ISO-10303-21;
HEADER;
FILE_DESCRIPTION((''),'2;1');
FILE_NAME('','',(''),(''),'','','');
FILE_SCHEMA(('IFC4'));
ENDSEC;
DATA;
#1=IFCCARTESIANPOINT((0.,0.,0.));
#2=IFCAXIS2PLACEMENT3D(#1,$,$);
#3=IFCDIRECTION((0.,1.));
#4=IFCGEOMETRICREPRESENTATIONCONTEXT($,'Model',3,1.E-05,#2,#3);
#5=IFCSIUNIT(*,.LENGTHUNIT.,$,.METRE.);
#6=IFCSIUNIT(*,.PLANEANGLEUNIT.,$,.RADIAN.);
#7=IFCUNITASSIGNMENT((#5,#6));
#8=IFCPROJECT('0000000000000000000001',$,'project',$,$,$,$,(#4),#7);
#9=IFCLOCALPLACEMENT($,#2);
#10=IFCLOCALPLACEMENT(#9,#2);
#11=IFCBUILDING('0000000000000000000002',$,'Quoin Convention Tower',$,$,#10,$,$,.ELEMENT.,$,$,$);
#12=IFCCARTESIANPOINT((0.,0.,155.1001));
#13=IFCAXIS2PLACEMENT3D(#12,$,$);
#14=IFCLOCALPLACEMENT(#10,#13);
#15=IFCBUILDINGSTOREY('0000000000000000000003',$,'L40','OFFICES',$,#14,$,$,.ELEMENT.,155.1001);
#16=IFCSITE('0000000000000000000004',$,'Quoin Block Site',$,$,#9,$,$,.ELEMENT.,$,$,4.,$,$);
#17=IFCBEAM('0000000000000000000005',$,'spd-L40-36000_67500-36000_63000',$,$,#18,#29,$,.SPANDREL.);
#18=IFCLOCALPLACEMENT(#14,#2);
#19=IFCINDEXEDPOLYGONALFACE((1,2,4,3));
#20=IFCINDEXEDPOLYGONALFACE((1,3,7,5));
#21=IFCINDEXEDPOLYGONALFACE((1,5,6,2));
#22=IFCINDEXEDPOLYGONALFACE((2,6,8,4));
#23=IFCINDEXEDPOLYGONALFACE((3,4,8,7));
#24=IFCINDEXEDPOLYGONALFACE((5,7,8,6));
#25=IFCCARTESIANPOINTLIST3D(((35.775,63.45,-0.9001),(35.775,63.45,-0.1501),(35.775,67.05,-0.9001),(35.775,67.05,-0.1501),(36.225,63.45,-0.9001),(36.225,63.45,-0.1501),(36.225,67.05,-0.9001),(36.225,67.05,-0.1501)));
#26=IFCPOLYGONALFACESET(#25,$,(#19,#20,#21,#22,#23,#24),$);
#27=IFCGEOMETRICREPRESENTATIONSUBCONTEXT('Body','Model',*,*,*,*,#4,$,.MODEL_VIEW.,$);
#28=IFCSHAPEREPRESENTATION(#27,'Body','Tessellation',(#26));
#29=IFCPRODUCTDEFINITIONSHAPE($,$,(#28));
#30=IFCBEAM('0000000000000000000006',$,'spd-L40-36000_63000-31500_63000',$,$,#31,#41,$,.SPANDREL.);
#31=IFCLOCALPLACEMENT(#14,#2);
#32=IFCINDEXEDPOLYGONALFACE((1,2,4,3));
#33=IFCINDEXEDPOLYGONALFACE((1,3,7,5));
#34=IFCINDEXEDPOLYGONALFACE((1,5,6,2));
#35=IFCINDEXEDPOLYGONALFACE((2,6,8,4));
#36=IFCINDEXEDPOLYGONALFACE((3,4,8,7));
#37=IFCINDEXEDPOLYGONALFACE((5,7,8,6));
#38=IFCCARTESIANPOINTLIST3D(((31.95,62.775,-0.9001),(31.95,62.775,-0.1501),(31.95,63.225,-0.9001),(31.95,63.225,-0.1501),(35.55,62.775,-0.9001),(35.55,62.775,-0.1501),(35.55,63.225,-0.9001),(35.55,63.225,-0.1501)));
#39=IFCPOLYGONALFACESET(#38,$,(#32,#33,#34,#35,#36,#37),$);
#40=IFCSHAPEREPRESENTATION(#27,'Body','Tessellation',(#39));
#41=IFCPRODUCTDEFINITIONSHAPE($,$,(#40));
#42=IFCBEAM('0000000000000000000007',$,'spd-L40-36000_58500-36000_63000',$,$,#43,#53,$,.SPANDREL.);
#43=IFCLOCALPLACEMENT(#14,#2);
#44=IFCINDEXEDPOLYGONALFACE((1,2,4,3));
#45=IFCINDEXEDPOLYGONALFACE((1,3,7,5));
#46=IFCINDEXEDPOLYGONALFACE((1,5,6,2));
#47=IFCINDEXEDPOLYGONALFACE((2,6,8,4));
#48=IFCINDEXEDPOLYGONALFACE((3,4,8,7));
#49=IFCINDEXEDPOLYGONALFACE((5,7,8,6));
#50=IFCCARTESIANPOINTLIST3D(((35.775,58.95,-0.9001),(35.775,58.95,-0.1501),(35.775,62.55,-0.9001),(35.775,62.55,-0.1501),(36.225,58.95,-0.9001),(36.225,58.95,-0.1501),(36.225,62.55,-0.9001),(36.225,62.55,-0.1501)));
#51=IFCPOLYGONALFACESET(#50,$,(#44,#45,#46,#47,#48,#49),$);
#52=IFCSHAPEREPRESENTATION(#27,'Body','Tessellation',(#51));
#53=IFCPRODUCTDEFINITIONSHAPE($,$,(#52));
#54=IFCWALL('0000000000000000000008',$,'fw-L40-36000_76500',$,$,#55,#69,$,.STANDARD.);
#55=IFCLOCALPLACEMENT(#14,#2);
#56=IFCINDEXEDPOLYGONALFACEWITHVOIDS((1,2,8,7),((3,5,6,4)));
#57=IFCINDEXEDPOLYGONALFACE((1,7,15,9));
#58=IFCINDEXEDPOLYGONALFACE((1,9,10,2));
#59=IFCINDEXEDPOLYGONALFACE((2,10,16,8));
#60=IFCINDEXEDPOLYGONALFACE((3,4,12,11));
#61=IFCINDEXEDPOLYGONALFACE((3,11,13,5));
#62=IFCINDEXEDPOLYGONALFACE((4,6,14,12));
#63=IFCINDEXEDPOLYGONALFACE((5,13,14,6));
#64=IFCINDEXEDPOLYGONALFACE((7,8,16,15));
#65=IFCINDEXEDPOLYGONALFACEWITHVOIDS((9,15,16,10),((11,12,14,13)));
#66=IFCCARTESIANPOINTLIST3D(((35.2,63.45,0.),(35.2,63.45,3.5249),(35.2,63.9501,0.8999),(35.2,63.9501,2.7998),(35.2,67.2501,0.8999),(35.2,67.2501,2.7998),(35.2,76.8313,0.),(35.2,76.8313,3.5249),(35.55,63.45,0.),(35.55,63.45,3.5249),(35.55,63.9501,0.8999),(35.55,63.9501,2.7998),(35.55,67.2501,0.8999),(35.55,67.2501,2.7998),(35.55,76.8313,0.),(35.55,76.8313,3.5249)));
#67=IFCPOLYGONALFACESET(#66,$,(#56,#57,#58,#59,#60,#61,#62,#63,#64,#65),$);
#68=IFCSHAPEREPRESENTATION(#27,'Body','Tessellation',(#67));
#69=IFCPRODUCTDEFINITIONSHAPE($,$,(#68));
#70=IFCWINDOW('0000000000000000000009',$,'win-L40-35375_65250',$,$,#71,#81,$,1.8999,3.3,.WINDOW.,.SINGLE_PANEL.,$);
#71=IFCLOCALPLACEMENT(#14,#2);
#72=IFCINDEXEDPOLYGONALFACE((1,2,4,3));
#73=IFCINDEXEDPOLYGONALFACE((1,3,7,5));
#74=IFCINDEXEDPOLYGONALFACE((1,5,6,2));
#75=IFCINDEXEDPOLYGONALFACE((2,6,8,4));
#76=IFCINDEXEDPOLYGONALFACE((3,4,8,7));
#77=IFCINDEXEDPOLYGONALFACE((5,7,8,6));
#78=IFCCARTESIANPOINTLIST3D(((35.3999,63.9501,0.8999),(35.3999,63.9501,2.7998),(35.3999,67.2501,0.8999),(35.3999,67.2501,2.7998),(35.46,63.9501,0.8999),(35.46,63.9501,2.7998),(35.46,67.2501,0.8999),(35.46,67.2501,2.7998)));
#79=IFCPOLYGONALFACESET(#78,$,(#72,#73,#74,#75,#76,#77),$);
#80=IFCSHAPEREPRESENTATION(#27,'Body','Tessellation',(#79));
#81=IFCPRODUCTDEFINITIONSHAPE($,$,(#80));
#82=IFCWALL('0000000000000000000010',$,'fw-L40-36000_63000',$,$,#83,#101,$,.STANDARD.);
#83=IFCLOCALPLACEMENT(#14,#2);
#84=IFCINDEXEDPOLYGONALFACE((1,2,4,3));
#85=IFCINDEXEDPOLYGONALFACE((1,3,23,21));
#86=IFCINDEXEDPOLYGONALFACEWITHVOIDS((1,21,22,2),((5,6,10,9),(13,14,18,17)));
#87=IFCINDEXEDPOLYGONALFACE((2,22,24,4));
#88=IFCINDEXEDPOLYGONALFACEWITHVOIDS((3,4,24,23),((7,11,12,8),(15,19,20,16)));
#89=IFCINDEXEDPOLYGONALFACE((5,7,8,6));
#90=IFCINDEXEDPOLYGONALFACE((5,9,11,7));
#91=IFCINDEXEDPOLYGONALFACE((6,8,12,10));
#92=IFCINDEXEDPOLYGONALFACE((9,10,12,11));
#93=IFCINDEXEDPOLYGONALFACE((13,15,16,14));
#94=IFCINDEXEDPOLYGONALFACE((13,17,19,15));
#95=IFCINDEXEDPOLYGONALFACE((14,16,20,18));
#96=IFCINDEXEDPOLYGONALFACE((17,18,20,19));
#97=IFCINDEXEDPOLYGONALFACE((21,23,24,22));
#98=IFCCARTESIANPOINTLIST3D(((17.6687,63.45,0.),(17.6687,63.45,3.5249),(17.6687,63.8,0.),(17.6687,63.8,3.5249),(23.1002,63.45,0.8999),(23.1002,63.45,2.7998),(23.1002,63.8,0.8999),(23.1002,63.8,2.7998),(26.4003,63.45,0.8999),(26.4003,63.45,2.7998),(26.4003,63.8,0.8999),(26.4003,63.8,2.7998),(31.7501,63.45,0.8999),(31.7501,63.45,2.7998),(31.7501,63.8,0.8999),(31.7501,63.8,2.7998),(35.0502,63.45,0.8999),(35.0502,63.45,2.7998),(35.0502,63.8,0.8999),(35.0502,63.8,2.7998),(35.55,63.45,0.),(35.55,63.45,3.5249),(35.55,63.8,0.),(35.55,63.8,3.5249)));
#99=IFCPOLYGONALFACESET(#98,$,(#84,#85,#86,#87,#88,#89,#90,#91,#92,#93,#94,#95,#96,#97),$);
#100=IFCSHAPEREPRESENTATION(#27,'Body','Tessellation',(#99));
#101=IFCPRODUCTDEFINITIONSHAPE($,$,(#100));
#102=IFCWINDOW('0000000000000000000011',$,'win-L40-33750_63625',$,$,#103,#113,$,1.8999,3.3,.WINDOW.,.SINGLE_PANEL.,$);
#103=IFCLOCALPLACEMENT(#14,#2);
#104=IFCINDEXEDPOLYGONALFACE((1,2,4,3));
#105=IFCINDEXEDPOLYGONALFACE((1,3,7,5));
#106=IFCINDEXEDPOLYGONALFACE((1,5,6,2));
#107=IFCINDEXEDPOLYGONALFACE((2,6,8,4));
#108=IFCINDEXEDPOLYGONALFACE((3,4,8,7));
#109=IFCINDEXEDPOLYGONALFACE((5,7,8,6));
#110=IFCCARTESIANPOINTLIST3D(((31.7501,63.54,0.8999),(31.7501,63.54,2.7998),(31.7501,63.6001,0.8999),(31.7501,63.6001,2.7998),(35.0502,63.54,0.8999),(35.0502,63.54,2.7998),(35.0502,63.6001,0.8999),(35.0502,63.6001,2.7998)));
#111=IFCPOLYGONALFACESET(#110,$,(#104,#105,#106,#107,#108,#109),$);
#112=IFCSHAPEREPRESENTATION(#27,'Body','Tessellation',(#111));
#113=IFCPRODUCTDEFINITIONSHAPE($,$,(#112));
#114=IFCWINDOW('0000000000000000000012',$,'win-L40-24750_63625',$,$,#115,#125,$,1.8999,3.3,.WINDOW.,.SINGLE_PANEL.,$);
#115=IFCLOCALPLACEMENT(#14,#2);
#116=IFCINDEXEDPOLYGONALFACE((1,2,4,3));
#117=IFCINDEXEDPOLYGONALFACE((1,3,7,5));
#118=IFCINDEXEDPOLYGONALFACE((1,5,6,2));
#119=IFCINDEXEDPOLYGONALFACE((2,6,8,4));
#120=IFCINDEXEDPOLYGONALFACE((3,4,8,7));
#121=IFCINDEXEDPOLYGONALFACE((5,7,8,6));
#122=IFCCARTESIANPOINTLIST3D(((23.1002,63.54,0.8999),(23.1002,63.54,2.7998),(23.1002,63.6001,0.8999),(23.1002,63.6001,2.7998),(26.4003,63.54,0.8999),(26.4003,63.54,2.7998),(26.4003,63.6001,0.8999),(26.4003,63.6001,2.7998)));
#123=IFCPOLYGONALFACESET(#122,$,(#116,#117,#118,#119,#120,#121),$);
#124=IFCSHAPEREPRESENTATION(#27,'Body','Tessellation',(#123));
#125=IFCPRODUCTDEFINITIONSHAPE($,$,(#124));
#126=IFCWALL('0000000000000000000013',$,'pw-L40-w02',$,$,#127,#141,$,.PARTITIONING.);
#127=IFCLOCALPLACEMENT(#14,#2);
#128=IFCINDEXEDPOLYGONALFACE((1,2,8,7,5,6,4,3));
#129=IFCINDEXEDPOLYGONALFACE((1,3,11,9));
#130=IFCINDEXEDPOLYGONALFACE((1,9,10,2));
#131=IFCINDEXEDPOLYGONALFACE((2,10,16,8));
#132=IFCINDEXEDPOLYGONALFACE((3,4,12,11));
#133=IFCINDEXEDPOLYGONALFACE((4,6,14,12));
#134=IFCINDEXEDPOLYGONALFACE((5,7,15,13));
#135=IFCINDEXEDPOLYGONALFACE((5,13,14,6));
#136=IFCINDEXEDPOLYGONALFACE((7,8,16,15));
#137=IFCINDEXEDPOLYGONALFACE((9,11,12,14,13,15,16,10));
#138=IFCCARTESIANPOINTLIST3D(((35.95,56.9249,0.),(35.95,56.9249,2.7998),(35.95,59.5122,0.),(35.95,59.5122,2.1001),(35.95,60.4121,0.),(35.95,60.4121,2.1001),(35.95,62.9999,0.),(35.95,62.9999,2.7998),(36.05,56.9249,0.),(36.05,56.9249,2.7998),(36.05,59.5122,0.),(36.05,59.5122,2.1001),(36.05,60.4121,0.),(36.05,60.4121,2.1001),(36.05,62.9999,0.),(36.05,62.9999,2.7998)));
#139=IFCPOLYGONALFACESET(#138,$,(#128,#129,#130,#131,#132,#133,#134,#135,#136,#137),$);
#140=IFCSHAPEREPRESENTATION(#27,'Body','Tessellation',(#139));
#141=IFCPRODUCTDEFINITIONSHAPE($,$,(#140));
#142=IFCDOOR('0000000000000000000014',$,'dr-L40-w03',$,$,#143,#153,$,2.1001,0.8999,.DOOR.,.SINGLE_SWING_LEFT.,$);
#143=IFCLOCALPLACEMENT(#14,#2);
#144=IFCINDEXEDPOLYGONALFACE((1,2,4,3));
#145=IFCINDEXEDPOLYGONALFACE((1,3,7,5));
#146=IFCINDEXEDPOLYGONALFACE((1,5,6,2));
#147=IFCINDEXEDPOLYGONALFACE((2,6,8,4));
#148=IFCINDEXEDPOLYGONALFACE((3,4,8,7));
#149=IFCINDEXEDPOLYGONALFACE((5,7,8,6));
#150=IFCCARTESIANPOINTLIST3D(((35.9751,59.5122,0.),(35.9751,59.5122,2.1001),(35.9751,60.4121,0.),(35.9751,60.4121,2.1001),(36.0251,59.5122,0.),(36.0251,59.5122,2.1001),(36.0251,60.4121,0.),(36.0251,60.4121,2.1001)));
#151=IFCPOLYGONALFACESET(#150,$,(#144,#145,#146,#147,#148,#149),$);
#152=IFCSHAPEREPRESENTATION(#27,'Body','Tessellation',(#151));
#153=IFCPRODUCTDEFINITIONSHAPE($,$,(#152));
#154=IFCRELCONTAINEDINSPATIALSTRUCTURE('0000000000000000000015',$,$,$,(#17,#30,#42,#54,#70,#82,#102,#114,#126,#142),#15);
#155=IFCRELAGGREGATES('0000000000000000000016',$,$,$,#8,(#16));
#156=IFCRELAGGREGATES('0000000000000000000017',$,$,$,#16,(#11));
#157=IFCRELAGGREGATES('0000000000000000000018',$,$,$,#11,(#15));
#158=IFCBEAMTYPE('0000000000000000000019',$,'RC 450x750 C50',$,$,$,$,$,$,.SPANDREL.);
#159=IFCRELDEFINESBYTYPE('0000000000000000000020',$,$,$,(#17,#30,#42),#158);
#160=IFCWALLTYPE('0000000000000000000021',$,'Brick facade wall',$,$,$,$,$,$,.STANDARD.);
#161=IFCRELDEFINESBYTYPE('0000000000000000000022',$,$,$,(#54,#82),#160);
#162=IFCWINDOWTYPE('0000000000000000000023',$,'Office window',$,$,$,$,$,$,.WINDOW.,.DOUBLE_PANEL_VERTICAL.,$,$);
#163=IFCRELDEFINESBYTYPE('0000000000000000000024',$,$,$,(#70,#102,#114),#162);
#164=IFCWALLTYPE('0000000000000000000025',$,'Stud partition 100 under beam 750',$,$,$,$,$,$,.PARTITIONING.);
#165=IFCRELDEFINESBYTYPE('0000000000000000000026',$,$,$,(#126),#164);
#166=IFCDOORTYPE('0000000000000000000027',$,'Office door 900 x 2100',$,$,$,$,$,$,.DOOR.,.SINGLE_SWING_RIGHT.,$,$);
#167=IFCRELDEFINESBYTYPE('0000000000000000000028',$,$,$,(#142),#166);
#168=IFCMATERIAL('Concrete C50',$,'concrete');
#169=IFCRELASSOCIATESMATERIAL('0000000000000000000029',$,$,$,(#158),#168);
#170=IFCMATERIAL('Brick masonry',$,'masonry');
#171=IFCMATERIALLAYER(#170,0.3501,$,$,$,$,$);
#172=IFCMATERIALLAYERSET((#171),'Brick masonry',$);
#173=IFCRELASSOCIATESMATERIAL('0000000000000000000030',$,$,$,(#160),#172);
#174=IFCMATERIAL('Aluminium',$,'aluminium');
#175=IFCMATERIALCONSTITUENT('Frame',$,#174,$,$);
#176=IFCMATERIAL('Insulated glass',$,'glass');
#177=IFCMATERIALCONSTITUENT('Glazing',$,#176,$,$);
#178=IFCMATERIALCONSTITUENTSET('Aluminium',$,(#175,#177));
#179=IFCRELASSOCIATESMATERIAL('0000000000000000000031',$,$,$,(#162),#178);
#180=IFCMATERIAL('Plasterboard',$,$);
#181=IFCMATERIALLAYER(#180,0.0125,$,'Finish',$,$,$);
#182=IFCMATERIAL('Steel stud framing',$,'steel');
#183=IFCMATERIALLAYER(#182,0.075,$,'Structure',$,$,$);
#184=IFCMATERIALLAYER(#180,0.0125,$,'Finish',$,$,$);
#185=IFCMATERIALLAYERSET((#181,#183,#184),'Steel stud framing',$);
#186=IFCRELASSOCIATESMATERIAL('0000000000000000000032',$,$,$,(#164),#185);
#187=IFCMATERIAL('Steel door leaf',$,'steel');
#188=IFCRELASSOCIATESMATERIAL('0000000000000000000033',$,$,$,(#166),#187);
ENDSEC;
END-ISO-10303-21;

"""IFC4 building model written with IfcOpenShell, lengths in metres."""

from ifc_helpers import new_model, si_unit, direction, frame, frame_2d, origin, origin_2d, place, context, subcontext, project, spatial, rectangle, extrude, material, layer, layer_set, constituent, constituent_set, material_profile, profile_set, type_object, element, fill, save


model = new_model("IFC4")

# Units and contexts
model_context = context("Model", 3, precision=1e-05, world=origin(), true_north=direction((0.0, 1.0)))
body_context = subcontext(model_context, "Body", "Model", "MODEL_VIEW")
ifc_project = project(units=[si_unit("LENGTHUNIT", "METRE"), si_unit("PLANEANGLEUNIT", "RADIAN")], contexts=[model_context])

# Site, building, storey
site_placement = place(None, origin())
site = spatial("IfcSite", under=ifc_project, at=site_placement, Name="Quoin Block Site", CompositionType="ELEMENT", RefElevation=4.0)
building_placement = place(site_placement, origin())
building = spatial("IfcBuilding", under=site, at=building_placement, Name="Quoin Convention Tower", CompositionType="ELEMENT")
storey_placement = place(building_placement, frame((0.0, 0.0, 155.1001)))
storey = spatial("IfcBuildingStorey", under=building, at=storey_placement, Name="L40", Description="OFFICES", CompositionType="ELEMENT", Elevation=155.1001)

# Shared definitions
ifc_material_1 = material(Name="Concrete C50", Category="concrete")

# Beams
ifc_material_profile_1 = material_profile(ifc_material_1, rectangle(XDim=0.45, YDim=0.75, at=origin_2d()), Name="RC 450x750")
ifc_profile_set_1 = profile_set([ifc_material_profile_1], Name="Concrete C50")
beam_type_1 = type_object("IfcBeamType", Name="RC 450x750 C50", PredefinedType="SPANDREL", material=ifc_profile_set_1)
for number, where, z_axis, x_axis, name in (
    (1, (36.0, 67.05, -0.5251), (0.0, -1.0, 0.0), (1.0, 0.0, 0.0), "spd-L40-36000_67500-36000_63000"),
    (2, (35.55, 63.0, -0.5251), (-1.0, 0.0, 0.0), (0.0, -1.0, 0.0), "spd-L40-36000_63000-31500_63000"),
    (3, (36.0, 58.95, -0.5251), (0.0, 1.0, 0.0), (-1.0, 0.0, 0.0), "spd-L40-36000_58500-36000_63000"),
):
    element("IfcBeam", number, at=place(storey_placement, frame(where, z_axis=z_axis, x_axis=x_axis)), inside=storey, type_object=beam_type_1, Name=name, PredefinedType="SPANDREL", context=body_context, shape_type="SweptSolid", body=[
        extrude(rectangle(XDim=0.45, YDim=0.75, at=origin_2d()), origin(), (0.0, 0.0, 1.0), 3.6001),
    ])

# Wall, opening, window
ifc_material_2 = material(Name="Brick masonry", Category="masonry")
ifc_layer_1 = layer(ifc_material_2, 0.3501)
ifc_layer_set_1 = layer_set([ifc_layer_1], Name="Brick masonry")
wall_type_1 = type_object("IfcWallType", Name="Brick facade wall", PredefinedType="STANDARD", material=ifc_layer_set_1)
wall_1_placement = place(storey_placement, frame((35.375, 76.8313, 0.0), z_axis=(0.0, 0.0, 1.0), x_axis=(0.0, -1.0, 0.0)))
wall_1 = element("IfcWall", 4, at=wall_1_placement, inside=storey, type_object=wall_type_1, Name="fw-L40-36000_76500", PredefinedType="STANDARD", context=body_context, shape_type="SweptSolid", body=[
    extrude(rectangle(XDim=13.3813, YDim=0.3501, at=frame_2d((6.6907, 0.0))), origin(), (0.0, 0.0, 1.0), 3.5249),
])
opening_1_placement = place(wall_1_placement, frame((9.5813, 0.0, 0.8999)))
opening_1 = element("IfcOpeningElement", 5, at=opening_1_placement, cuts=wall_1, PredefinedType="OPENING", context=body_context, shape_type="SweptSolid", body=[
    extrude(rectangle(XDim=3.3, YDim=1.8999, at=frame_2d((1.6499, 0.95))), frame((0.0, 0.1851, 0.0), z_axis=(0.0, -1.0, 0.0), x_axis=(1.0, 0.0, 0.0)), (0.0, 0.0, 1.0), 0.3701),
])
ifc_material_3 = material(Name="Aluminium", Category="aluminium")
ifc_constituent_1 = constituent(ifc_material_3, Name="Frame")
ifc_material_4 = material(Name="Insulated glass", Category="glass")
ifc_constituent_2 = constituent(ifc_material_4, Name="Glazing")
ifc_constituent_set = constituent_set(constituents=[ifc_constituent_1, ifc_constituent_2], Name="Aluminium")
window_type = type_object("IfcWindowType", Name="Office window", PartitioningType="DOUBLE_PANEL_VERTICAL", PredefinedType="WINDOW", material=ifc_constituent_set)
window_1_placement = place(opening_1_placement, origin())
window_1 = element("IfcWindow", 6, at=window_1_placement, inside=storey, type_object=window_type, Name="win-L40-35375_65250", OverallHeight=1.8999, OverallWidth=3.3, PartitioningType="SINGLE_PANEL", PredefinedType="WINDOW", context=body_context, shape_type="SweptSolid", body=[
    extrude(rectangle(XDim=3.3, YDim=1.8999, at=frame_2d((1.6499, 0.95))), frame((0.0, 0.085, 0.0), z_axis=(0.0, -1.0, 0.0), x_axis=(1.0, 0.0, 0.0)), (0.0, 0.0, 1.0), 0.0601),
])
fill(opening_1, window_1)

# Wall, openings, windows
wall_2_placement = place(storey_placement, frame((35.55, 63.625, 0.0), z_axis=(0.0, 0.0, 1.0), x_axis=(-1.0, 0.0, 0.0)))
wall_2 = element("IfcWall", 7, at=wall_2_placement, inside=storey, type_object=wall_type_1, Name="fw-L40-36000_63000", PredefinedType="STANDARD", context=body_context, shape_type="SweptSolid", body=[
    extrude(rectangle(XDim=17.8813, YDim=0.3501, at=frame_2d((8.9407, 0.0))), origin(), (0.0, 0.0, 1.0), 3.5249),
])
opening_2_placement = place(wall_2_placement, frame((0.5, 0.0, 0.8999)))
opening_2 = element("IfcOpeningElement", 8, at=opening_2_placement, cuts=wall_2, PredefinedType="OPENING", context=body_context, shape_type="SweptSolid", body=[
    extrude(rectangle(XDim=3.3, YDim=1.8999, at=frame_2d((1.6499, 0.95))), frame((0.0, 0.1851, 0.0), z_axis=(0.0, -1.0, 0.0), x_axis=(1.0, 0.0, 0.0)), (0.0, 0.0, 1.0), 0.3701),
])
opening_3_placement = place(wall_2_placement, frame((9.1499, 0.0, 0.8999)))
opening_3 = element("IfcOpeningElement", 9, at=opening_3_placement, cuts=wall_2, PredefinedType="OPENING", context=body_context, shape_type="SweptSolid", body=[
    extrude(rectangle(XDim=3.3, YDim=1.8999, at=frame_2d((1.6499, 0.95))), frame((0.0, 0.1851, 0.0), z_axis=(0.0, -1.0, 0.0), x_axis=(1.0, 0.0, 0.0)), (0.0, 0.0, 1.0), 0.3701),
])
window_2_placement = place(opening_2_placement, origin())
window_2 = element("IfcWindow", 10, at=window_2_placement, inside=storey, type_object=window_type, Name="win-L40-33750_63625", OverallHeight=1.8999, OverallWidth=3.3, PartitioningType="SINGLE_PANEL", PredefinedType="WINDOW", context=body_context, shape_type="SweptSolid", body=[
    extrude(rectangle(XDim=3.3, YDim=1.8999, at=frame_2d((1.6499, 0.95))), frame((0.0, 0.085, 0.0), z_axis=(0.0, -1.0, 0.0), x_axis=(1.0, 0.0, 0.0)), (0.0, 0.0, 1.0), 0.0601),
])
fill(opening_2, window_2)
window_3_placement = place(opening_3_placement, origin())
window_3 = element("IfcWindow", 11, at=window_3_placement, inside=storey, type_object=window_type, Name="win-L40-24750_63625", OverallHeight=1.8999, OverallWidth=3.3, PartitioningType="SINGLE_PANEL", PredefinedType="WINDOW", context=body_context, shape_type="SweptSolid", body=[
    extrude(rectangle(XDim=3.3, YDim=1.8999, at=frame_2d((1.6499, 0.95))), frame((0.0, 0.085, 0.0), z_axis=(0.0, -1.0, 0.0), x_axis=(1.0, 0.0, 0.0)), (0.0, 0.0, 1.0), 0.0601),
])
fill(opening_3, window_3)

# Wall, opening, door
ifc_material_5 = material(Name="Plasterboard")
ifc_layer_2 = layer(ifc_material_5, 0.0125, Name="Finish")
ifc_material_6 = material(Name="Steel stud framing", Category="steel")
ifc_layer_3 = layer(ifc_material_6, 0.075, Name="Structure")
ifc_layer_4 = layer(ifc_material_5, 0.0125, Name="Finish")
ifc_layer_set_2 = layer_set([ifc_layer_2, ifc_layer_3, ifc_layer_4], Name="Steel stud framing")
wall_type_2 = type_object("IfcWallType", Name="Stud partition 100 under beam 750", PredefinedType="PARTITIONING", material=ifc_layer_set_2)
wall_3_placement = place(storey_placement, frame((36.0, 63.0, 0.0), z_axis=(0.0, 0.0, 1.0), x_axis=(0.0, -1.0, 0.0)))
wall_3 = element("IfcWall", 12, at=wall_3_placement, inside=storey, type_object=wall_type_2, Name="pw-L40-w02", PredefinedType="PARTITIONING", context=body_context, shape_type="SweptSolid", body=[
    extrude(rectangle(XDim=6.075, YDim=0.1001, at=frame_2d((3.0376, 0.0))), origin(), (0.0, 0.0, 1.0), 2.7998),
])
opening_4_placement = place(wall_3_placement, frame((2.5879, 0.0, 0.0)))
opening_4 = element("IfcOpeningElement", 13, at=opening_4_placement, cuts=wall_3, PredefinedType="OPENING", context=body_context, shape_type="SweptSolid", body=[
    extrude(rectangle(XDim=0.8999, YDim=2.1001, at=frame_2d((0.45, 1.05))), frame((0.0, 0.0601, 0.0), z_axis=(0.0, -1.0, 0.0), x_axis=(1.0, 0.0, 0.0)), (0.0, 0.0, 1.0), 0.1201),
])
ifc_material_7 = material(Name="Steel door leaf", Category="steel")
door_type = type_object("IfcDoorType", Name="Office door 900 x 2100", OperationType="SINGLE_SWING_RIGHT", PredefinedType="DOOR", material=ifc_material_7)
door_placement = place(opening_4_placement, frame((0.8999, 0.0, 0.0), z_axis=(0.0, 0.0, 1.0), x_axis=(-1.0, 0.0, 0.0)))
door = element("IfcDoor", 14, at=door_placement, inside=storey, type_object=door_type, Name="dr-L40-w03", OperationType="SINGLE_SWING_LEFT", OverallHeight=2.1001, OverallWidth=0.8999, PredefinedType="DOOR", context=body_context, shape_type="SweptSolid", body=[
    extrude(rectangle(XDim=0.8999, YDim=2.1001, at=frame_2d((0.45, 1.05))), frame((0.0, 0.0249, 0.0), z_axis=(0.0, -1.0, 0.0), x_axis=(1.0, 0.0, 0.0)), (0.0, 0.0, 1.0), 0.05),
])
fill(opening_4, door)

save(model, "model.ifc")
